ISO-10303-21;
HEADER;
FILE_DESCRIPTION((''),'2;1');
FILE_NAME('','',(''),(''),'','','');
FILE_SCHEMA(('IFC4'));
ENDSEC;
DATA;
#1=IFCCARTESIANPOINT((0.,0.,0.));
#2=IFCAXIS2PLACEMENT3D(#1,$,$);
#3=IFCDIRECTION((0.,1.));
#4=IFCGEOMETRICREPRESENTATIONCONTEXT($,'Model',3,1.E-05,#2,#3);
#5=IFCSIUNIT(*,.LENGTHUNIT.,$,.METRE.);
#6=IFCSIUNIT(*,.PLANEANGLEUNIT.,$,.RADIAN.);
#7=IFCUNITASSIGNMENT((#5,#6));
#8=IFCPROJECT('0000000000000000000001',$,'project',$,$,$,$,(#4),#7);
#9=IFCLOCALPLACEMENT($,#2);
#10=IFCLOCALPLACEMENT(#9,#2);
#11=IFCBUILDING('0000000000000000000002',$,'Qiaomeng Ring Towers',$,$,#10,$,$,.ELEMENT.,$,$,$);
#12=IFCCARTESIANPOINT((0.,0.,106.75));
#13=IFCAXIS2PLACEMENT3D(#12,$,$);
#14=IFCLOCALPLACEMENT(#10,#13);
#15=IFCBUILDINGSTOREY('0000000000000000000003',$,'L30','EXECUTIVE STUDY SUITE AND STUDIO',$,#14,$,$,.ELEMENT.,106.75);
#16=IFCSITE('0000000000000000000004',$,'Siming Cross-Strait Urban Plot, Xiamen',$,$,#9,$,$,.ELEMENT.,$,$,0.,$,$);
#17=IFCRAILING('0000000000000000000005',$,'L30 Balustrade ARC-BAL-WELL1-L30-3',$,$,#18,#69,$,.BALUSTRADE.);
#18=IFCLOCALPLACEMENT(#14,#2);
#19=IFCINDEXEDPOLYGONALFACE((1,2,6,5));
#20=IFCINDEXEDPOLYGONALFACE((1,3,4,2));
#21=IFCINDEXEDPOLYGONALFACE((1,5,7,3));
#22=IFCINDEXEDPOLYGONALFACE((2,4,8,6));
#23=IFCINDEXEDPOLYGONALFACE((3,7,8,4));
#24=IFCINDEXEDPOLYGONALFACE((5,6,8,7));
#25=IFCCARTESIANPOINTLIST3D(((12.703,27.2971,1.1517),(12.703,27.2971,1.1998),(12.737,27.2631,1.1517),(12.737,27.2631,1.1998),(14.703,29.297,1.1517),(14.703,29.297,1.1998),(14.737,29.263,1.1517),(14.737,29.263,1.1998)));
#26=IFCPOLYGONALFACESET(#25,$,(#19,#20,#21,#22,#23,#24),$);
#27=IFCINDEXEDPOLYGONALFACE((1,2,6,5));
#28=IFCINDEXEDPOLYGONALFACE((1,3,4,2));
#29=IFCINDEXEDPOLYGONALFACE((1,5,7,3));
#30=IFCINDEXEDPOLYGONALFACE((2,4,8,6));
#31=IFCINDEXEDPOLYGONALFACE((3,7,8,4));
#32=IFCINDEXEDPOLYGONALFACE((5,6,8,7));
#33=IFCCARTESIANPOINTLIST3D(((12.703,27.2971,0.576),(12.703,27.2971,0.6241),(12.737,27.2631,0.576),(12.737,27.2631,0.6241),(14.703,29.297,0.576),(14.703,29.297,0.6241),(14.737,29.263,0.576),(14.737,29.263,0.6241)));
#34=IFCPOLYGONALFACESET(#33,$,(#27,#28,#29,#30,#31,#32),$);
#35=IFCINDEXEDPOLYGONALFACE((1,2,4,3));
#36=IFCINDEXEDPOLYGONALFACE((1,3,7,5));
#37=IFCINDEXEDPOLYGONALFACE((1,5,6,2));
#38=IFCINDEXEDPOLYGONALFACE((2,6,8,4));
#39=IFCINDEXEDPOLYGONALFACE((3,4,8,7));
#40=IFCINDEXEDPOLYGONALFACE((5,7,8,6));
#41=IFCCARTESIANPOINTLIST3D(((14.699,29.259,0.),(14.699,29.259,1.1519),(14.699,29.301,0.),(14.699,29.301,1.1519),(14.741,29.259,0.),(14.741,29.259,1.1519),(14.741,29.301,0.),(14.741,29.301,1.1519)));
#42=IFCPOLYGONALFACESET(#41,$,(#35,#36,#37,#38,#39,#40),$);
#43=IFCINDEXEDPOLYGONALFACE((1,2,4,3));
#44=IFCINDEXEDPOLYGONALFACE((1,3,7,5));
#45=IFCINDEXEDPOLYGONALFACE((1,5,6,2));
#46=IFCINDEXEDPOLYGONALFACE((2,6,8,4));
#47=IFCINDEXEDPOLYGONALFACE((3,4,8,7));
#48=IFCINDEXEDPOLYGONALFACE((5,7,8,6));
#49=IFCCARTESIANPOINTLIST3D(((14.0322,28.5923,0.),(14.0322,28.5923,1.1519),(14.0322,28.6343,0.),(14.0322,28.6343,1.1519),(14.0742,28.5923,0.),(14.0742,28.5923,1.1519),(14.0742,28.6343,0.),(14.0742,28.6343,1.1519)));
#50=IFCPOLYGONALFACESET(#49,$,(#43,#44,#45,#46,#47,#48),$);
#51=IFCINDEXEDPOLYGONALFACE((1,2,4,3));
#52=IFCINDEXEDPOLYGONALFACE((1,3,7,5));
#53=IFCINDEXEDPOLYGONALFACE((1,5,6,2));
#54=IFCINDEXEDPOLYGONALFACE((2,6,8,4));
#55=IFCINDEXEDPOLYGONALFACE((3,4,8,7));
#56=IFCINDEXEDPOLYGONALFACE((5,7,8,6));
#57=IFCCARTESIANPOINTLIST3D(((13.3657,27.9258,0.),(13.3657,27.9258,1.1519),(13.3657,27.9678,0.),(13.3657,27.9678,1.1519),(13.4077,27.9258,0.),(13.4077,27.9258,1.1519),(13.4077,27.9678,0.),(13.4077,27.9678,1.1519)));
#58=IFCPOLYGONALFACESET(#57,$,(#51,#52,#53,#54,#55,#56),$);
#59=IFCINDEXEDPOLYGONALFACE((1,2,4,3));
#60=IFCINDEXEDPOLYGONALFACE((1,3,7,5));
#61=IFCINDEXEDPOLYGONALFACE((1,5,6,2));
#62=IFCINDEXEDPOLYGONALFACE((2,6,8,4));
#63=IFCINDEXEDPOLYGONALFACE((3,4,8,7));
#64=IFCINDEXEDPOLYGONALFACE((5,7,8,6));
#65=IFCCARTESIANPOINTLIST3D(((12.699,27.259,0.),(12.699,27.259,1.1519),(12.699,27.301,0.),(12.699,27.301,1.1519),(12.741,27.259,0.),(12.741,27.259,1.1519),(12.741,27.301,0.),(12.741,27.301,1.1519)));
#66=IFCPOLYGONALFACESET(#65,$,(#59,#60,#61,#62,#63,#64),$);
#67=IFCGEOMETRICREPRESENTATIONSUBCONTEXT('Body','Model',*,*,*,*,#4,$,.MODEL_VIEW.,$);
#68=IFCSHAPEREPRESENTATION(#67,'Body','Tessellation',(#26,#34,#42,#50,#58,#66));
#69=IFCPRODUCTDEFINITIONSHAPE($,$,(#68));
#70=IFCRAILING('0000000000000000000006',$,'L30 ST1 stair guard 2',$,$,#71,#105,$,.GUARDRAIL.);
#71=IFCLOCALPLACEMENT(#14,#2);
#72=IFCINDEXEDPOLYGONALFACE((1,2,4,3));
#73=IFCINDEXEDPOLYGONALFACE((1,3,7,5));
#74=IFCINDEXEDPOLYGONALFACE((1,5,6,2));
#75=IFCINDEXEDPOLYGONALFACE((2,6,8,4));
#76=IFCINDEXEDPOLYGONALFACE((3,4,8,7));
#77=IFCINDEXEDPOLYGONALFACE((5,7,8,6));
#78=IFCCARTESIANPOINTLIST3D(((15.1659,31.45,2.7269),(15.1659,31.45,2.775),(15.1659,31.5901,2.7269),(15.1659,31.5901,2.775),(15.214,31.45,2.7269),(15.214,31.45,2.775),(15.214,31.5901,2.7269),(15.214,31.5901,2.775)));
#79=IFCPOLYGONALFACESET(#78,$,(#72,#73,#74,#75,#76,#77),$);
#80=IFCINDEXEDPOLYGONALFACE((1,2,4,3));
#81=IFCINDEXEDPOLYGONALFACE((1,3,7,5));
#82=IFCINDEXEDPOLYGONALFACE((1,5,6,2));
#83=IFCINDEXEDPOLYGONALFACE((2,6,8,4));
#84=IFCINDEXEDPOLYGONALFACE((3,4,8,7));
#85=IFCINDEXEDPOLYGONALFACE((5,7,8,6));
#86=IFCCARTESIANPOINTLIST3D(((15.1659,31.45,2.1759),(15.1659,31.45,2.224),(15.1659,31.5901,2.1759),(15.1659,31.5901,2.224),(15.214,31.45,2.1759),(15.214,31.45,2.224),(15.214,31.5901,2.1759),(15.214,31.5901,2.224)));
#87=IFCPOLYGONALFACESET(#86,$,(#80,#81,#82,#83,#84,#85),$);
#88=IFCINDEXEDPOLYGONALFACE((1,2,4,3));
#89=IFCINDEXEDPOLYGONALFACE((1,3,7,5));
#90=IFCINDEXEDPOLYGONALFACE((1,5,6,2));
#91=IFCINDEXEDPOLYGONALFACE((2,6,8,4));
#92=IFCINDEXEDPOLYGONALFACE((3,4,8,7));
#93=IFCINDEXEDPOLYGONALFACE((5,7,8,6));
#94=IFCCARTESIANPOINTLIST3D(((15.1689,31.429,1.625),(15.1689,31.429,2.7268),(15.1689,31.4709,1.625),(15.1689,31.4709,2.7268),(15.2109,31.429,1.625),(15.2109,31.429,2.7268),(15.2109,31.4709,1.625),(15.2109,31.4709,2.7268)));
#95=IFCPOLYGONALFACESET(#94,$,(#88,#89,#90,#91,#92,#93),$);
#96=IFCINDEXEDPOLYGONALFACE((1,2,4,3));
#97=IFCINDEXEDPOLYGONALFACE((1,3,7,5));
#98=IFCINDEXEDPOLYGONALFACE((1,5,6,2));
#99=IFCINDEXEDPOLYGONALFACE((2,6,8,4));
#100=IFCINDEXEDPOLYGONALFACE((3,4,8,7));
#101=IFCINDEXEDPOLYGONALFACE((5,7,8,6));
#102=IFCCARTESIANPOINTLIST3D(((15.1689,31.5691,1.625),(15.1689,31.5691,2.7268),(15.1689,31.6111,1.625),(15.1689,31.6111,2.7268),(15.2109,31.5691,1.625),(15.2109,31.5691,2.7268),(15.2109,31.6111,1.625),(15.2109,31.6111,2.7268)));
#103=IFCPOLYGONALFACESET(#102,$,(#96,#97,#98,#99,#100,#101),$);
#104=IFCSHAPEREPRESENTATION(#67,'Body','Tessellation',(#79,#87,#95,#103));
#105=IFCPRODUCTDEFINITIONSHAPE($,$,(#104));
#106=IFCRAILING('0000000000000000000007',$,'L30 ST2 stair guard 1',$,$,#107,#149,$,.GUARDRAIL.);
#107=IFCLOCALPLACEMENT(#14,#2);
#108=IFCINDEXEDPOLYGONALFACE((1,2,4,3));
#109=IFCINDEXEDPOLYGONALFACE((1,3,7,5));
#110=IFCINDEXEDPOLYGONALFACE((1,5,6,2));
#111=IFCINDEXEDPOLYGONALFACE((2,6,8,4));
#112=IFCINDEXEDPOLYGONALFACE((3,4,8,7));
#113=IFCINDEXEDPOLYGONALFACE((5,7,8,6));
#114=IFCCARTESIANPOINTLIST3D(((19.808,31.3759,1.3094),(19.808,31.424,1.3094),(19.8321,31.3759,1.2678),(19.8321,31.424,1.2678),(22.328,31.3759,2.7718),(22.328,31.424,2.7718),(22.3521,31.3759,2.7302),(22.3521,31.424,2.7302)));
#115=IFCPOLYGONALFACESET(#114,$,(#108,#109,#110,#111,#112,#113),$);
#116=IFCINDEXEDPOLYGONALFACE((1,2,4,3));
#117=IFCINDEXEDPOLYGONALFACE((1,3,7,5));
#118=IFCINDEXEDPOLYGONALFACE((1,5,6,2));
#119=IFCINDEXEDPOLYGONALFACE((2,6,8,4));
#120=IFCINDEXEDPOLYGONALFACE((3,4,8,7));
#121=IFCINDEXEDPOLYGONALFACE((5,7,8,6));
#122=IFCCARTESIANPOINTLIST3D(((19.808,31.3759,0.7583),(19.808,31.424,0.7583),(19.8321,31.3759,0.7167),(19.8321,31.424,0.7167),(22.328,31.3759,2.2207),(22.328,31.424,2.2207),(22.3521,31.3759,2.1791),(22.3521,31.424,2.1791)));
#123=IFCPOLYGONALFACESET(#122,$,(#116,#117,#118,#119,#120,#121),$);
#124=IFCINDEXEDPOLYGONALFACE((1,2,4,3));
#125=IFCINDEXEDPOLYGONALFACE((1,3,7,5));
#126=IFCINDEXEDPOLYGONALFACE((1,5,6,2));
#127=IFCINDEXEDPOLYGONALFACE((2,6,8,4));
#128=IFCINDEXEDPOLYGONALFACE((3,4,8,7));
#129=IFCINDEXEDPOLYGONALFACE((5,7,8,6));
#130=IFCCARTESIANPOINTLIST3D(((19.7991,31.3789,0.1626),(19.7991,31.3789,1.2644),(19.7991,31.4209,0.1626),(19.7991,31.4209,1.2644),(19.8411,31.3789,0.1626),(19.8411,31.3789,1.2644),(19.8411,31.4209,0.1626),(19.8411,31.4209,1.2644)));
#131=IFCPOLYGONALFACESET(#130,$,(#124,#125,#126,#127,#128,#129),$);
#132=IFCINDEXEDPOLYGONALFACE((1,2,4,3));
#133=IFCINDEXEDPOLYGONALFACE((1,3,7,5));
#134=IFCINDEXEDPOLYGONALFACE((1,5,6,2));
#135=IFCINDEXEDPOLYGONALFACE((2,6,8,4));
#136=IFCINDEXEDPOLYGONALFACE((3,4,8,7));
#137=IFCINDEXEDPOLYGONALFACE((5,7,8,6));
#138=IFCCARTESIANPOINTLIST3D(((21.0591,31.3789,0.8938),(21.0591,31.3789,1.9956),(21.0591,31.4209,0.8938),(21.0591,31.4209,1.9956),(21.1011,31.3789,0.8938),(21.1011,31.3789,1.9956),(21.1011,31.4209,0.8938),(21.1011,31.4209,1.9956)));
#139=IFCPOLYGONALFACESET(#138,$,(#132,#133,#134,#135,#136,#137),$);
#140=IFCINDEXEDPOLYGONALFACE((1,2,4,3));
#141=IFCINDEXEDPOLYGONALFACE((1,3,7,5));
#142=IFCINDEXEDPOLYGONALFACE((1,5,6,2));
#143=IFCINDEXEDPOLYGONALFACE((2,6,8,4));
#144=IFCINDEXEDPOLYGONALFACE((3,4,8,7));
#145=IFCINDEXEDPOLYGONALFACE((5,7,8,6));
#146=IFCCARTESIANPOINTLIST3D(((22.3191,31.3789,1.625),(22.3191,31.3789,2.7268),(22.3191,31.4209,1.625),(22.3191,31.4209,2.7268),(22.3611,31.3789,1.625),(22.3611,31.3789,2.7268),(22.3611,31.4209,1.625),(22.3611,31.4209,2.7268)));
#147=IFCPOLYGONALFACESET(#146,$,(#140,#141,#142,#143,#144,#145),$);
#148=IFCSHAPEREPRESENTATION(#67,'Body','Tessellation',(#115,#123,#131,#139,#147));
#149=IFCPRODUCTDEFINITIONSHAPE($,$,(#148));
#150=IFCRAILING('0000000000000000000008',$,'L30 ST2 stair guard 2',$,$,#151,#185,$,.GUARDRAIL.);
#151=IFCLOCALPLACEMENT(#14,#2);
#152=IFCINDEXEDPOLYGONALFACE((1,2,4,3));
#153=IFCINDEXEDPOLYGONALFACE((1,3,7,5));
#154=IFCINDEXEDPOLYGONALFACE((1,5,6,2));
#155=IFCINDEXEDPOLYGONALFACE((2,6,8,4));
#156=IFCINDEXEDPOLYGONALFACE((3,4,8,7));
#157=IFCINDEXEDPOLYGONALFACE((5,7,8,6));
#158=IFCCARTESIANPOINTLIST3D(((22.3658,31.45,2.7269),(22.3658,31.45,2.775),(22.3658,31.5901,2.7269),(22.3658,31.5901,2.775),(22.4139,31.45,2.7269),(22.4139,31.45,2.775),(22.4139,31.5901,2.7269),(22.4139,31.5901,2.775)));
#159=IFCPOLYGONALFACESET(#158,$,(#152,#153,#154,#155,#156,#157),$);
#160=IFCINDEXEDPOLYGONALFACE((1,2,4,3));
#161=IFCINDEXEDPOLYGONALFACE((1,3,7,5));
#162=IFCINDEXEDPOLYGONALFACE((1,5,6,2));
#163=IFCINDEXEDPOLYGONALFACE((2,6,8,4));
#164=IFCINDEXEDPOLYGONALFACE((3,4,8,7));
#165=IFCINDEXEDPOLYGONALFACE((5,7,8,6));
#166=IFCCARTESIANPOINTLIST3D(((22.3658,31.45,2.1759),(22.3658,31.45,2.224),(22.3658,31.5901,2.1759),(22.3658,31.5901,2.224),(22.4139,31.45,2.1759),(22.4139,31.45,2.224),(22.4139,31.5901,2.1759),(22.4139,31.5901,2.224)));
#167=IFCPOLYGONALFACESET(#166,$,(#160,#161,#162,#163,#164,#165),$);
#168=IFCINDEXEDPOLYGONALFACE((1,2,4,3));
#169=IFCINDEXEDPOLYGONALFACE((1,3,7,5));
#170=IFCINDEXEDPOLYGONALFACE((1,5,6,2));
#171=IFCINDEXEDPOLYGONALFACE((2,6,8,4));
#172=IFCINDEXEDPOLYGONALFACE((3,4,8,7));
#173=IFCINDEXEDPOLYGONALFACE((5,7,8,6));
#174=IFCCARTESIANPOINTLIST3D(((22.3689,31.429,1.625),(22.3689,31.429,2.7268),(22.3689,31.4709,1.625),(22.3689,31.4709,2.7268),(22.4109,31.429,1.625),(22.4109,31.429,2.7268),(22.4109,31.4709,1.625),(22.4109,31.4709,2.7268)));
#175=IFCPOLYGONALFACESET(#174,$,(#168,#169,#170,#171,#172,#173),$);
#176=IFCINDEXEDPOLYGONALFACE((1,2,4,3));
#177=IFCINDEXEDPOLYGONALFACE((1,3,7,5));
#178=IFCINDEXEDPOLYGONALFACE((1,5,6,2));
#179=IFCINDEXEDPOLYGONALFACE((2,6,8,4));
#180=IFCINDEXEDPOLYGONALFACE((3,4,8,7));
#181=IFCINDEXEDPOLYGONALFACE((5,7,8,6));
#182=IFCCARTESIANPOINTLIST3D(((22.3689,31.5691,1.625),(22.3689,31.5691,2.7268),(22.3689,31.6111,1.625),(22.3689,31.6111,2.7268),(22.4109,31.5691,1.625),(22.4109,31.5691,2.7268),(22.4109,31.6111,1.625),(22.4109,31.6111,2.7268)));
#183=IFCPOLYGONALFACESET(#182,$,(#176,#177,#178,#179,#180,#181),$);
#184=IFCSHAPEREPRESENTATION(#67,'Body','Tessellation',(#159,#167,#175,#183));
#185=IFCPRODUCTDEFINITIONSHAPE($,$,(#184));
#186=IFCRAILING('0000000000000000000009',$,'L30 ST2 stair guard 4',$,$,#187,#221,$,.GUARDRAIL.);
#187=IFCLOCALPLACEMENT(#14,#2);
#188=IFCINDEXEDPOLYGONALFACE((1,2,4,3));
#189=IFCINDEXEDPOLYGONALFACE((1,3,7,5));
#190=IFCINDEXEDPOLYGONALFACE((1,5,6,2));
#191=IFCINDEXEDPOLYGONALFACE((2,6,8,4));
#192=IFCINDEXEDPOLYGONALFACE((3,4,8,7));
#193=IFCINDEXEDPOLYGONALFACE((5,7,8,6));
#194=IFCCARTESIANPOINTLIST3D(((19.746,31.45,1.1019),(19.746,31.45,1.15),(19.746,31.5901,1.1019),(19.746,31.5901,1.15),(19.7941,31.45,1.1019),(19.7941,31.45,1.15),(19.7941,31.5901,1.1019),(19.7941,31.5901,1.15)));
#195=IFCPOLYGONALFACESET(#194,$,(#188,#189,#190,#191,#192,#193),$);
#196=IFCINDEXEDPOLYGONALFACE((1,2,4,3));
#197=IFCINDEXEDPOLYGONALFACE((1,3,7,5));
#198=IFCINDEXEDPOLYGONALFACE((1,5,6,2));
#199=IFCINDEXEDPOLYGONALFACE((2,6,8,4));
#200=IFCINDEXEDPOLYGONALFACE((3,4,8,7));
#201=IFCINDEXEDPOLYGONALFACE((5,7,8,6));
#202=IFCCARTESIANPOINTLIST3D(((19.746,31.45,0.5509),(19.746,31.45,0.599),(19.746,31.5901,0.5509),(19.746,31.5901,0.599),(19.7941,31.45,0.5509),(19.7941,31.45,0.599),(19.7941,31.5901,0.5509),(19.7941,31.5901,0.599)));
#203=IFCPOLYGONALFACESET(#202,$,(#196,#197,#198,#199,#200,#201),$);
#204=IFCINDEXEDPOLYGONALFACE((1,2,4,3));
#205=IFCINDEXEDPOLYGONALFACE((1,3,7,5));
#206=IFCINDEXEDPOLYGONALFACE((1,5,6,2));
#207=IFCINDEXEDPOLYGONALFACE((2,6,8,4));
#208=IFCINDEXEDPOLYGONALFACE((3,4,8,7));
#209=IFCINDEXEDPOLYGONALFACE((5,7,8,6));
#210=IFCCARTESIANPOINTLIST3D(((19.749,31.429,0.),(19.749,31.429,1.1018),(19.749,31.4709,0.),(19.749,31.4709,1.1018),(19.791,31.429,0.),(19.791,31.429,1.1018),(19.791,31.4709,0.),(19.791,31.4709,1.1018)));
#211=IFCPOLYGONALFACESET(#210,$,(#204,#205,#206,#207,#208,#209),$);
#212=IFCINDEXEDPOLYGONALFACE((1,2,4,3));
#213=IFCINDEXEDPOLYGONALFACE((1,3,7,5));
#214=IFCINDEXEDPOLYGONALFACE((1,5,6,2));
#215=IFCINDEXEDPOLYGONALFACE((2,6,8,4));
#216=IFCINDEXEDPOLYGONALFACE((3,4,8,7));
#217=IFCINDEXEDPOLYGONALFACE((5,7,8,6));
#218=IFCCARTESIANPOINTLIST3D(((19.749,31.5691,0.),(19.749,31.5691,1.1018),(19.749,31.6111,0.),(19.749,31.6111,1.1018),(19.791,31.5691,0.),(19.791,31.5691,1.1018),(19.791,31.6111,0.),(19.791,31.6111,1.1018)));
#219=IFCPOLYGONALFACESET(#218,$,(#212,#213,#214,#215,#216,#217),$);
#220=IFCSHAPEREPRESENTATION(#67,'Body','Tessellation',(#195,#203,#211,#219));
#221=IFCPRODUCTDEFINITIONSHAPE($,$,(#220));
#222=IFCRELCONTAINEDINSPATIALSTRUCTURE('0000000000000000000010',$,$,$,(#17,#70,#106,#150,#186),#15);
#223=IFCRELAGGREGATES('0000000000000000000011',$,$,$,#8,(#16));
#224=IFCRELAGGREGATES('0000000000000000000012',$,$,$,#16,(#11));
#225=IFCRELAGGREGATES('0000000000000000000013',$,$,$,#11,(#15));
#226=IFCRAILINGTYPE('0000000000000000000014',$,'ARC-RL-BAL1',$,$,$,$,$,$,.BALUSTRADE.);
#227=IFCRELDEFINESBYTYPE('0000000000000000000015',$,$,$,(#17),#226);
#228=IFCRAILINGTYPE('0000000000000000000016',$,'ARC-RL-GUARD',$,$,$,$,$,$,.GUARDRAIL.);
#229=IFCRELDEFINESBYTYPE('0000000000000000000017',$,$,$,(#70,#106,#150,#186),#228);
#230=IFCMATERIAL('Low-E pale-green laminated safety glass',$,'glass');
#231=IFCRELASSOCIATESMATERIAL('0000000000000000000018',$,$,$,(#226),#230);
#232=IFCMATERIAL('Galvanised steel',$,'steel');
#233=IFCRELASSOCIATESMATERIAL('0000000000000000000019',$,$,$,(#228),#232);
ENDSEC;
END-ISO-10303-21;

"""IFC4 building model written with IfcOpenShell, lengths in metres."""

from ifc_helpers import new_model, si_unit, direction, frame, origin, origin_2d, place, context, subcontext, project, spatial, rectangle, extrude, material, type_object, element, save


model = new_model("IFC4")

# Units and contexts
model_context = context("Model", 3, precision=1e-05, world=origin(), true_north=direction((0.0, 1.0)))
body_context = subcontext(model_context, "Body", "Model", "MODEL_VIEW")
ifc_project = project(units=[si_unit("LENGTHUNIT", "METRE"), si_unit("PLANEANGLEUNIT", "RADIAN")], contexts=[model_context])

# Site, building, storey
site_placement = place(None, origin())
site = spatial("IfcSite", under=ifc_project, at=site_placement, Name="Siming Cross-Strait Urban Plot, Xiamen", CompositionType="ELEMENT", RefElevation=0.0)
building_placement = place(site_placement, origin())
building = spatial("IfcBuilding", under=site, at=building_placement, Name="Qiaomeng Ring Towers", CompositionType="ELEMENT")
storey_placement = place(building_placement, frame((0.0, 0.0, 106.75)))
storey = spatial("IfcBuildingStorey", under=building, at=storey_placement, Name="L30", Description="EXECUTIVE STUDY SUITE AND STUDIO", CompositionType="ELEMENT", Elevation=106.75)

# Railings
ifc_material_1 = material(Name="Low-E pale-green laminated safety glass", Category="glass")
railing_type_1 = type_object("IfcRailingType", Name="ARC-RL-BAL1", PredefinedType="BALUSTRADE", material=ifc_material_1)
railing_1_placement = place(storey_placement, frame((14.72, 29.28, 0.0)))
element("IfcRailing", 1, at=railing_1_placement, inside=storey, type_object=railing_type_1, Name="L30 Balustrade ARC-BAL-WELL1-L30-3", PredefinedType="BALUSTRADE", context=body_context, shape_type="SweptSolid", body=[
    extrude(rectangle(XDim=0.0481, YDim=0.0481, at=origin_2d()), frame((0.0, 0.0, 1.1758), z_axis=(-0.707107, -0.707107, 0.0), x_axis=(0.707107, -0.707107, 0.0)), (0.0, 0.0, 1.0), 2.8284),
    extrude(rectangle(XDim=0.0481, YDim=0.0481, at=origin_2d()), frame((0.0, 0.0, 0.6001), z_axis=(-0.707107, -0.707107, 0.0), x_axis=(0.707107, -0.707107, 0.0)), (0.0, 0.0, 1.0), 2.8284),
    extrude(rectangle(XDim=0.042, YDim=0.042, at=origin_2d()), origin(), (0.0, 0.0, 1.0), 1.1519),
    extrude(rectangle(XDim=0.042, YDim=0.042, at=origin_2d()), frame((-0.6667, -0.6667, 0.0)), (0.0, 0.0, 1.0), 1.1519),
    extrude(rectangle(XDim=0.042, YDim=0.042, at=origin_2d()), frame((-1.3333, -1.3333, 0.0)), (0.0, 0.0, 1.0), 1.1519),
    extrude(rectangle(XDim=0.042, YDim=0.042, at=origin_2d()), frame((-2.0, -2.0, 0.0)), (0.0, 0.0, 1.0), 1.1519),
])
ifc_material_2 = material(Name="Galvanised steel", Category="steel")
railing_type_2 = type_object("IfcRailingType", Name="ARC-RL-GUARD", PredefinedType="GUARDRAIL", material=ifc_material_2)
railing_2_placement = place(storey_placement, frame((15.1899, 31.45, 1.625)))
element("IfcRailing", 2, at=railing_2_placement, inside=storey, type_object=railing_type_2, Name="L30 ST1 stair guard 2", PredefinedType="GUARDRAIL", context=body_context, shape_type="SweptSolid", body=[
    extrude(rectangle(XDim=0.0481, YDim=0.0481, at=origin_2d()), frame((0.0, 0.0, 1.126), z_axis=(0.0, 1.0, 0.0), x_axis=(-1.0, 0.0, 0.0)), (0.0, 0.0, 1.0), 0.1401),
    extrude(rectangle(XDim=0.0481, YDim=0.0481, at=origin_2d()), frame((0.0, 0.0, 0.575), z_axis=(0.0, 1.0, 0.0), x_axis=(-1.0, 0.0, 0.0)), (0.0, 0.0, 1.0), 0.1401),
    extrude(rectangle(XDim=0.042, YDim=0.042, at=origin_2d()), origin(), (0.0, 0.0, 1.0), 1.1018),
    extrude(rectangle(XDim=0.042, YDim=0.042, at=origin_2d()), frame((0.0, 0.1401, 0.0)), (0.0, 0.0, 1.0), 1.1018),
])
railing_3_placement = place(storey_placement, frame((19.8201, 31.3999, 0.1626)))
element("IfcRailing", 3, at=railing_3_placement, inside=storey, type_object=railing_type_2, Name="L30 ST2 stair guard 1", PredefinedType="GUARDRAIL", context=body_context, shape_type="SweptSolid", body=[
    extrude(rectangle(XDim=0.0481, YDim=0.0481, at=origin_2d()), frame((0.0, 0.0, 1.126), z_axis=(0.864913, 0.0, 0.501921), x_axis=(0.0, 1.0, 0.0)), (0.0, 0.0, 1.0), 2.9136),
    extrude(rectangle(XDim=0.0481, YDim=0.0481, at=origin_2d()), frame((0.0, 0.0, 0.575), z_axis=(0.864913, 0.0, 0.501921), x_axis=(0.0, 1.0, 0.0)), (0.0, 0.0, 1.0), 2.9136),
    extrude(rectangle(XDim=0.042, YDim=0.042, at=origin_2d()), origin(), (0.0, 0.0, 1.0), 1.1018),
    extrude(rectangle(XDim=0.042, YDim=0.042, at=origin_2d()), frame((1.26, 0.0, 0.7312)), (0.0, 0.0, 1.0), 1.1018),
    extrude(rectangle(XDim=0.042, YDim=0.042, at=origin_2d()), frame((2.52, 0.0, 1.4624)), (0.0, 0.0, 1.0), 1.1018),
])
for number, where, name in (
    (4, (22.3899, 31.45, 1.625), "L30 ST2 stair guard 2"),
    (5, (19.77, 31.45, 0.0), "L30 ST2 stair guard 4"),
):
    element("IfcRailing", number, at=place(storey_placement, frame(where)), inside=storey, type_object=railing_type_2, Name=name, PredefinedType="GUARDRAIL", context=body_context, shape_type="SweptSolid", body=[
        extrude(rectangle(XDim=0.0481, YDim=0.0481, at=origin_2d()), frame((0.0, 0.0, 1.126), z_axis=(0.0, 1.0, 0.0), x_axis=(-1.0, 0.0, 0.0)), (0.0, 0.0, 1.0), 0.1401),
        extrude(rectangle(XDim=0.0481, YDim=0.0481, at=origin_2d()), frame((0.0, 0.0, 0.575), z_axis=(0.0, 1.0, 0.0), x_axis=(-1.0, 0.0, 0.0)), (0.0, 0.0, 1.0), 0.1401),
        extrude(rectangle(XDim=0.042, YDim=0.042, at=origin_2d()), origin(), (0.0, 0.0, 1.0), 1.1018),
        extrude(rectangle(XDim=0.042, YDim=0.042, at=origin_2d()), frame((0.0, 0.1401, 0.0)), (0.0, 0.0, 1.0), 1.1018),
    ])

save(model, "model.ifc")
